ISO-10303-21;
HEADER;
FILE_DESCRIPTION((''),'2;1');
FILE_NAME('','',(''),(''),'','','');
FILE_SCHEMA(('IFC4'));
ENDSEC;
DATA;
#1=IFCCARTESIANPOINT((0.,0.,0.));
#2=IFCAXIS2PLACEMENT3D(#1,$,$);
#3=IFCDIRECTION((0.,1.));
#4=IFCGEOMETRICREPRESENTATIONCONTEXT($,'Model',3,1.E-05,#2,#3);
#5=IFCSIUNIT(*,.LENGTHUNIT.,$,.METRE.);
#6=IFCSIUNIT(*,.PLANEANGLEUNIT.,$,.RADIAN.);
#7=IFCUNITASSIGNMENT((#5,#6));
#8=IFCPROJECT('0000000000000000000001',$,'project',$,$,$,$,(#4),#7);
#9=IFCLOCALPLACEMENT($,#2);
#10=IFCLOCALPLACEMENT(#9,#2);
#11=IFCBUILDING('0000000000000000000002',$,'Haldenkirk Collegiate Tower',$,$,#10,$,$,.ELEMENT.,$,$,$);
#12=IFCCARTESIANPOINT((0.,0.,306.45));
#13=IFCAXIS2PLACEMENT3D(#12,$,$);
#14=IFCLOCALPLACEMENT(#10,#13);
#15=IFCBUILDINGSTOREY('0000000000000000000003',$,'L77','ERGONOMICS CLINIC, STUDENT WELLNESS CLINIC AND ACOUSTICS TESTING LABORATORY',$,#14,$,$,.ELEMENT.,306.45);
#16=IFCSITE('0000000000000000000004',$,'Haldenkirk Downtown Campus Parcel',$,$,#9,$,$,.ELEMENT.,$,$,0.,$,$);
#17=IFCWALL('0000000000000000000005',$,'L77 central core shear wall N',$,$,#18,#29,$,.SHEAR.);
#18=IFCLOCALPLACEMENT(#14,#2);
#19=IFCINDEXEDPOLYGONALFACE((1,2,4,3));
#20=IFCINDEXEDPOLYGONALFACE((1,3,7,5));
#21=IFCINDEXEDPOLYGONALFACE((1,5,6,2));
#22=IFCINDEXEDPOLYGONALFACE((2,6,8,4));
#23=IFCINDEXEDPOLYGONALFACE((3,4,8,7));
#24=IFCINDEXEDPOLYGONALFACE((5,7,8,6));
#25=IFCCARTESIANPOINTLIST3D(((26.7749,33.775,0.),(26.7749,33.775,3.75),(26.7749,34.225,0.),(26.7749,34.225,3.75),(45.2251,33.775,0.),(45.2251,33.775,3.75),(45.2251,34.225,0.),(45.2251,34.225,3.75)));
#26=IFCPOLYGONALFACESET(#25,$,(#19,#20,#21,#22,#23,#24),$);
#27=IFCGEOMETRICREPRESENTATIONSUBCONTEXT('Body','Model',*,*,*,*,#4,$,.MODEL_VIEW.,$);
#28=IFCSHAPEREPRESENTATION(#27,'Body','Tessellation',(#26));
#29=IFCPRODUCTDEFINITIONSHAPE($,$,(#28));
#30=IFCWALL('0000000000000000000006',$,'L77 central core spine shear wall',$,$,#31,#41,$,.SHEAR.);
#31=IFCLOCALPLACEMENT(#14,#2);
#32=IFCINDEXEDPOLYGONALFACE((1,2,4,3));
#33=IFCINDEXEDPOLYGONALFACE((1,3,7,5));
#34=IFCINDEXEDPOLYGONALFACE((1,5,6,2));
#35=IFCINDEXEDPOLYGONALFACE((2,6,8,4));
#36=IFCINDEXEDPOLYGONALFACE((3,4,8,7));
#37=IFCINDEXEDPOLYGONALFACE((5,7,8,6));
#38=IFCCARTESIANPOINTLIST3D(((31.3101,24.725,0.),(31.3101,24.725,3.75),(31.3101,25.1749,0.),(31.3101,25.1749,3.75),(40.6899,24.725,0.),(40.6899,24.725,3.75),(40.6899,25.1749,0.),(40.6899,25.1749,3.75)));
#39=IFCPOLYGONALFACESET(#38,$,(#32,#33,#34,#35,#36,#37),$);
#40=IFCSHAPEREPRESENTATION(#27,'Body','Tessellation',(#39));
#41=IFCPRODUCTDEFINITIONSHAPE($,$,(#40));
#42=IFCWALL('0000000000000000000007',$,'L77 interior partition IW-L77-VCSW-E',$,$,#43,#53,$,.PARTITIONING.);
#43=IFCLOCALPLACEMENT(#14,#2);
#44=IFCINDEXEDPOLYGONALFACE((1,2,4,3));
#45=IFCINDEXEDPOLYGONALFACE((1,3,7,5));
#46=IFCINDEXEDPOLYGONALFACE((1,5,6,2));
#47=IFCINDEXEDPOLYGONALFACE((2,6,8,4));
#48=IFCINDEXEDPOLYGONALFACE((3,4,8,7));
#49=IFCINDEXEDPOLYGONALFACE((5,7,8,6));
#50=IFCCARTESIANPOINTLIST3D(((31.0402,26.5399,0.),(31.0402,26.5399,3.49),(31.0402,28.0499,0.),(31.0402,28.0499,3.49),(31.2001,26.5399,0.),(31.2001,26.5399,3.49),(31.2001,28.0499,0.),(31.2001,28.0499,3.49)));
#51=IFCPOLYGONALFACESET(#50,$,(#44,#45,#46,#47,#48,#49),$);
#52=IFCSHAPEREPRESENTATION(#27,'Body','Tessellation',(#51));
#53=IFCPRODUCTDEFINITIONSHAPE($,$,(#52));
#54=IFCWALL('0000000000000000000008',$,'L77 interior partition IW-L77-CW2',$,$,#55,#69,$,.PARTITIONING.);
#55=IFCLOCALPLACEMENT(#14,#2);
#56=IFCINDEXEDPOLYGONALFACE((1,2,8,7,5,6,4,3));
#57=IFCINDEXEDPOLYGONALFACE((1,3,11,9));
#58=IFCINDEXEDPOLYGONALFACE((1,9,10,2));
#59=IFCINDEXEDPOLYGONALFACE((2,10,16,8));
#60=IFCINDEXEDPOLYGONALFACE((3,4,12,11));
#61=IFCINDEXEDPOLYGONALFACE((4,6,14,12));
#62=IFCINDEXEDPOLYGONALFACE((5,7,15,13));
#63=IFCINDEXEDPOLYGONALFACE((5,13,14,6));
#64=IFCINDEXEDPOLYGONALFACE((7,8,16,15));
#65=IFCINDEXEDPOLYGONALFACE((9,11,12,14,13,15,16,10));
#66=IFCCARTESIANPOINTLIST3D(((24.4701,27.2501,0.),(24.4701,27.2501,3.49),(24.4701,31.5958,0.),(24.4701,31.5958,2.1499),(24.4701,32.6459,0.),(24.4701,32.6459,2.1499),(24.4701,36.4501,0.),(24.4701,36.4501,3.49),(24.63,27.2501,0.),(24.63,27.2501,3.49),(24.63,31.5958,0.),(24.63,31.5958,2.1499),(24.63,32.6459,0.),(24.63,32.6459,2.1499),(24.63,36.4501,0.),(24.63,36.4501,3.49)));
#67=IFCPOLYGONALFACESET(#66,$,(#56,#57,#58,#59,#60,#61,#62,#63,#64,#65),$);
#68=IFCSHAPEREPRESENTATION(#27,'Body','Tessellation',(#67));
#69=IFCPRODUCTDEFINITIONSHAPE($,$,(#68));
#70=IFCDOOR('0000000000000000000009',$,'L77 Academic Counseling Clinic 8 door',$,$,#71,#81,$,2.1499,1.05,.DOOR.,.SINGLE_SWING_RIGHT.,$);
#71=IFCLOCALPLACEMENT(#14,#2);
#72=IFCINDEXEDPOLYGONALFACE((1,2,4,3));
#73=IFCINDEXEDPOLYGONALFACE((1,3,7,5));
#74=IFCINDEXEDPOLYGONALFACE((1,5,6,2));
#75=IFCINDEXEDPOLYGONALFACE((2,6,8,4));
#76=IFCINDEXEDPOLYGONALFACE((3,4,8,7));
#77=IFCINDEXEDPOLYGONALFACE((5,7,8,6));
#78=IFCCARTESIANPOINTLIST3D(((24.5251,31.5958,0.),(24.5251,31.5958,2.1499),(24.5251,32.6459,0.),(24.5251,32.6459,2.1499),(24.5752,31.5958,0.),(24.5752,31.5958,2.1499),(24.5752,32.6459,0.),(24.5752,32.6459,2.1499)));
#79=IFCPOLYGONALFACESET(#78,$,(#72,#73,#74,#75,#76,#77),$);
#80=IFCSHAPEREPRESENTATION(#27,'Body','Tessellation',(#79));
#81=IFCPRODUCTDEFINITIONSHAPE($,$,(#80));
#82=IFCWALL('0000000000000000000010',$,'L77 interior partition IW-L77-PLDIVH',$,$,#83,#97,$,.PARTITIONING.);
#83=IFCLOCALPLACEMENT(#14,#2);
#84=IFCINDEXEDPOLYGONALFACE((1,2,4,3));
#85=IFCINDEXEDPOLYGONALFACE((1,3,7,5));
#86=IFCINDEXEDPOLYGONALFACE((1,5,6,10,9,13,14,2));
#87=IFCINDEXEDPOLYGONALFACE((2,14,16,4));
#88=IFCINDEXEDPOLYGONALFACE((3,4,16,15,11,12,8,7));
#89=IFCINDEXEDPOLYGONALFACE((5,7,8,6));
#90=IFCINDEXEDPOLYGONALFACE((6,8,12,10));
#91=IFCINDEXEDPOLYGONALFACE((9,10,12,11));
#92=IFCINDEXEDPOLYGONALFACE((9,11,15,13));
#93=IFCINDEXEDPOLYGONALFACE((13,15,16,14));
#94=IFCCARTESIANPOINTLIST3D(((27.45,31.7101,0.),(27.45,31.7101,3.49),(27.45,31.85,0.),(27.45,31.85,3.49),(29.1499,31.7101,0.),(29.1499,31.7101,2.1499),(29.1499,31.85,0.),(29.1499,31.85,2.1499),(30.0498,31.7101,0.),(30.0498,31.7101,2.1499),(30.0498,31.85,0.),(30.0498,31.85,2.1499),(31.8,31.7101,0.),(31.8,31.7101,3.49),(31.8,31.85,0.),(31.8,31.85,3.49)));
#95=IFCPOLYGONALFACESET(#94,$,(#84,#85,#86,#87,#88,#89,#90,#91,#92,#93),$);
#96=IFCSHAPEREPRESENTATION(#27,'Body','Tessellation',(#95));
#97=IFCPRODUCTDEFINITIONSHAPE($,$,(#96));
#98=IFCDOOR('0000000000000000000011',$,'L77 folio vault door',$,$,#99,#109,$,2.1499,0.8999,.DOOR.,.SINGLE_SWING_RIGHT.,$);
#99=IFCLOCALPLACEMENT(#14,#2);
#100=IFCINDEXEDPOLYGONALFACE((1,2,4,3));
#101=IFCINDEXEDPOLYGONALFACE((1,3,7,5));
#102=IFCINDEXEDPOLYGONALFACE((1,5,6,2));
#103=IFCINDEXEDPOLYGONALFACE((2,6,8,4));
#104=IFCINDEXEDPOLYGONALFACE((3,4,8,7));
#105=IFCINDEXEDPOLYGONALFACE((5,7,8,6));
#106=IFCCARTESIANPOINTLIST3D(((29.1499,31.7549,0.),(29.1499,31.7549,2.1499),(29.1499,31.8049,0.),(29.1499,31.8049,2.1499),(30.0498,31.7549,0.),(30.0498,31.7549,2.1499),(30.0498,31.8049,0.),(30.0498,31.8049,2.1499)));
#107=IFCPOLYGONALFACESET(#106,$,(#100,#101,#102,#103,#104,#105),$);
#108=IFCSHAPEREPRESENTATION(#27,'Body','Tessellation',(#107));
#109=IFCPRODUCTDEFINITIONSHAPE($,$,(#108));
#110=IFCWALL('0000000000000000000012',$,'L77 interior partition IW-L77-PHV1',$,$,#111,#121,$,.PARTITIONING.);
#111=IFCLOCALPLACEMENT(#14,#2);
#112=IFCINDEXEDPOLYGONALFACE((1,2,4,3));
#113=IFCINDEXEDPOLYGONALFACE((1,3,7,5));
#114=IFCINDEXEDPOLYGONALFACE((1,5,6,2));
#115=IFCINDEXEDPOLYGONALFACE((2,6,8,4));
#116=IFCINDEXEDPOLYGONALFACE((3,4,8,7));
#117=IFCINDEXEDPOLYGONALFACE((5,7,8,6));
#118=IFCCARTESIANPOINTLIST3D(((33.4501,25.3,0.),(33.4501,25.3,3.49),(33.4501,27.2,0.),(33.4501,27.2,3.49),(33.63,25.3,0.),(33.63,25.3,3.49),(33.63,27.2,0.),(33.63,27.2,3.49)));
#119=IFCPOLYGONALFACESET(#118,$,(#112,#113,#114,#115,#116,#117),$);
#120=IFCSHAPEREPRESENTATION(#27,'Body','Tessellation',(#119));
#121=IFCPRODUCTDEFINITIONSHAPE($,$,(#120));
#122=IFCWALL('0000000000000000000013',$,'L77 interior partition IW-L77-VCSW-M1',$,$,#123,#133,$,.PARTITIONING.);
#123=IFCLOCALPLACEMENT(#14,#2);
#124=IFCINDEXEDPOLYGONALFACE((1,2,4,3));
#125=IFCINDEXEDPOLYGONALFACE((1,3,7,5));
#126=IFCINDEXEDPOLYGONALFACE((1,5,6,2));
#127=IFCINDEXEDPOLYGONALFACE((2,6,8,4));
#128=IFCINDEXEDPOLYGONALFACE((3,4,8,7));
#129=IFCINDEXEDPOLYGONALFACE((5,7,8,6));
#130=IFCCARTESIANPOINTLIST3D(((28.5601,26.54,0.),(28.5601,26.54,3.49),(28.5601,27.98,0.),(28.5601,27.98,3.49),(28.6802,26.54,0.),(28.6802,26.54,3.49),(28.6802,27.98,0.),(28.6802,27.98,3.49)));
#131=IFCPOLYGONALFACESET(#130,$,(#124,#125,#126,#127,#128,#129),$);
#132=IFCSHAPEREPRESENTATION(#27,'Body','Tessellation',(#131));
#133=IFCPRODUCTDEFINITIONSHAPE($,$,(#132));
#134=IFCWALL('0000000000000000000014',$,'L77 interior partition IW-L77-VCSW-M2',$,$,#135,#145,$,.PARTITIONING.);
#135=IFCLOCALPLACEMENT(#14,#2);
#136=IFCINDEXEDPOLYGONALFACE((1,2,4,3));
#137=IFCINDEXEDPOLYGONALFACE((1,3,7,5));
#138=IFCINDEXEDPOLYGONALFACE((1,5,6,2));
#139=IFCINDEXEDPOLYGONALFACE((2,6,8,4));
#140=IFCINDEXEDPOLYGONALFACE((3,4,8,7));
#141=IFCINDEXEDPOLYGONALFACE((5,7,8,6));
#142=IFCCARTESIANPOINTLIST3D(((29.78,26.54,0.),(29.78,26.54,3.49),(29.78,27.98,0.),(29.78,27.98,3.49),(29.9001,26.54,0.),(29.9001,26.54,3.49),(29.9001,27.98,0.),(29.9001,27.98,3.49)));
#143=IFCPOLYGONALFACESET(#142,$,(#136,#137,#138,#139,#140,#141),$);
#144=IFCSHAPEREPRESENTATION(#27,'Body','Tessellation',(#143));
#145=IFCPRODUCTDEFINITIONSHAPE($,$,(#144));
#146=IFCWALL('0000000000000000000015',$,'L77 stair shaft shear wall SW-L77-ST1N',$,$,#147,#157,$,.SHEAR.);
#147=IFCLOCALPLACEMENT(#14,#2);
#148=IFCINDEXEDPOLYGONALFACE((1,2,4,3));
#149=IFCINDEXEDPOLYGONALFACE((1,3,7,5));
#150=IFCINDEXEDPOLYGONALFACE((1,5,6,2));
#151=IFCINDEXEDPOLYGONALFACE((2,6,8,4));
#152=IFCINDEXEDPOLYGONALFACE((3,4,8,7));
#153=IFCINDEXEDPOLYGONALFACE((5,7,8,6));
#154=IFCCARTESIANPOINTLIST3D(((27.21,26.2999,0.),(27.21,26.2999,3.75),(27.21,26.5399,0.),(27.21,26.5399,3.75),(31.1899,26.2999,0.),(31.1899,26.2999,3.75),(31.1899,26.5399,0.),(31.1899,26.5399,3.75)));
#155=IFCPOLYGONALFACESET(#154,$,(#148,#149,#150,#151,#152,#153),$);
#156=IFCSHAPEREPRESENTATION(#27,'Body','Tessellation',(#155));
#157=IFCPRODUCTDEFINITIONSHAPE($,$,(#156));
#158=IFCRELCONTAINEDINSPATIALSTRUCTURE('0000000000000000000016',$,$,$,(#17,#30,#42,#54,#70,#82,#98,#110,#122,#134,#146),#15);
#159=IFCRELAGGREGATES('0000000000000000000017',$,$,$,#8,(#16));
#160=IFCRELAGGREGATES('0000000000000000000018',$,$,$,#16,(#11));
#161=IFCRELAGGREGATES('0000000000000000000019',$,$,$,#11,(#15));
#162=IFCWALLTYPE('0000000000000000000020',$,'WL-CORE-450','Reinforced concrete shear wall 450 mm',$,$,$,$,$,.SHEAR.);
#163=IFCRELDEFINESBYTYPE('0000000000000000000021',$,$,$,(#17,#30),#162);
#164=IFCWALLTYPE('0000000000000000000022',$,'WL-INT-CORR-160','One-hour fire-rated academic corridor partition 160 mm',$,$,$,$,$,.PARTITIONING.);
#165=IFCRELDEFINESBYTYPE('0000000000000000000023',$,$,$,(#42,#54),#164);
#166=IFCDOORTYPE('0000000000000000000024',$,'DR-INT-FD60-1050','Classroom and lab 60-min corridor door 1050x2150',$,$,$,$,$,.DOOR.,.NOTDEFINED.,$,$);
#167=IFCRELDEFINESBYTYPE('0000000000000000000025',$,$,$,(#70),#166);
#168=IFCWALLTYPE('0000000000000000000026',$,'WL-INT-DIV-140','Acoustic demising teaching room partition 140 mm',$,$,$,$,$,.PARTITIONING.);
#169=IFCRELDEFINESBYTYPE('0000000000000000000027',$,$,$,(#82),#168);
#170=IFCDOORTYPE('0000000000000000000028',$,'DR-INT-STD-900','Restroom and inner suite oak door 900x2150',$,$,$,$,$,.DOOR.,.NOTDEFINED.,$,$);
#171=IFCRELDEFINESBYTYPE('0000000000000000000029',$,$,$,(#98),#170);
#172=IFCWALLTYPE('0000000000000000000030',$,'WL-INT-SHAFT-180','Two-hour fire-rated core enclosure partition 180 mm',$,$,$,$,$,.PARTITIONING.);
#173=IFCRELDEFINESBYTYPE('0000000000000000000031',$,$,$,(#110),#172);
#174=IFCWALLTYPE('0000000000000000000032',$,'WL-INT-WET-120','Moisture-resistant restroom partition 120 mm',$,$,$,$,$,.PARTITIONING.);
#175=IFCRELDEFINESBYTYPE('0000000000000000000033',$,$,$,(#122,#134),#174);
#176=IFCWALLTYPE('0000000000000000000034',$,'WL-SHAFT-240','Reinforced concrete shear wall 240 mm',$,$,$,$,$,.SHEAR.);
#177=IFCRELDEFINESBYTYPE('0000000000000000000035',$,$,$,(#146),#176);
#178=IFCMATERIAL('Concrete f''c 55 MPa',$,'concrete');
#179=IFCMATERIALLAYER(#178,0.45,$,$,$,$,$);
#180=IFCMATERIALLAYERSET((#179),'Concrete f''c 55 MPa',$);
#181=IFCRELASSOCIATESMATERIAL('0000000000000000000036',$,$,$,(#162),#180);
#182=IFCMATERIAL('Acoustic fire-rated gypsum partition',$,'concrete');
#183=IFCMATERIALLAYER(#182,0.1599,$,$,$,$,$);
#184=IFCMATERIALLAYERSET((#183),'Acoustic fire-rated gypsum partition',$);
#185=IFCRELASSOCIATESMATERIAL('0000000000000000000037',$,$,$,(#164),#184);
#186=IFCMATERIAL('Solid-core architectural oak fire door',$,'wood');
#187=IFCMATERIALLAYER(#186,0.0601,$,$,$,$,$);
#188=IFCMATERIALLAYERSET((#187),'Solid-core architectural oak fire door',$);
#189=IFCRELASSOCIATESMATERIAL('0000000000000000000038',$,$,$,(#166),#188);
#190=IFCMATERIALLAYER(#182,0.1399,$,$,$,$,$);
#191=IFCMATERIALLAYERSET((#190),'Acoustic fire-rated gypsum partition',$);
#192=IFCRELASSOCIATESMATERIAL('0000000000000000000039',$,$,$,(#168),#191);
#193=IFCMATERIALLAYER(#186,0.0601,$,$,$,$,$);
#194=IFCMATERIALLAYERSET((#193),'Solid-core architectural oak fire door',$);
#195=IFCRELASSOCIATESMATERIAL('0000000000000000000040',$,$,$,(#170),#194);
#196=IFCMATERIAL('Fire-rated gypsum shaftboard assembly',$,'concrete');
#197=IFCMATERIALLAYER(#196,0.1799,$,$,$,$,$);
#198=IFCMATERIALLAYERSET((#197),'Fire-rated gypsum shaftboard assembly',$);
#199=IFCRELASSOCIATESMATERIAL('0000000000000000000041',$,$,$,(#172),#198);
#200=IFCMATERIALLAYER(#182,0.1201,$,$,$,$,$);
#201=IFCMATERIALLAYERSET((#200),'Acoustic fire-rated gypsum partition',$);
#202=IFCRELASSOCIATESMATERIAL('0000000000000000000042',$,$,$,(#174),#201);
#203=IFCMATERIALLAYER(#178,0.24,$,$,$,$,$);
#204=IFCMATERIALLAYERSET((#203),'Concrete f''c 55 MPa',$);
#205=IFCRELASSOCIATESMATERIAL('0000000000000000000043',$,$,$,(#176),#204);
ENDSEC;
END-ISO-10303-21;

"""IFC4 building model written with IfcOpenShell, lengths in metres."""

from ifc_helpers import new_model, si_unit, direction, frame, frame_2d, origin, place, context, subcontext, project, spatial, rectangle, extrude, material, layer, layer_set, type_object, element, fill, save


model = new_model("IFC4")

# Units and contexts
model_context = context("Model", 3, precision=1e-05, world=origin(), true_north=direction((0.0, 1.0)))
body_context = subcontext(model_context, "Body", "Model", "MODEL_VIEW")
ifc_project = project(units=[si_unit("LENGTHUNIT", "METRE"), si_unit("PLANEANGLEUNIT", "RADIAN")], contexts=[model_context])

# Site, building, storey
site_placement = place(None, origin())
site = spatial("IfcSite", under=ifc_project, at=site_placement, Name="Haldenkirk Downtown Campus Parcel", CompositionType="ELEMENT", RefElevation=0.0)
building_placement = place(site_placement, origin())
building = spatial("IfcBuilding", under=site, at=building_placement, Name="Haldenkirk Collegiate Tower", CompositionType="ELEMENT")
storey_placement = place(building_placement, frame((0.0, 0.0, 306.45)))
storey = spatial("IfcBuildingStorey", under=building, at=storey_placement, Name="L77", Description="ERGONOMICS CLINIC, STUDENT WELLNESS CLINIC AND ACOUSTICS TESTING LABORATORY", CompositionType="ELEMENT", Elevation=306.45)

# Walls
ifc_material_1 = material(Name="Concrete f'c 55 MPa", Category="concrete")
ifc_layer_1 = layer(ifc_material_1, 0.45)
ifc_layer_set_1 = layer_set([ifc_layer_1], Name="Concrete f'c 55 MPa")
wall_type_1 = type_object("IfcWallType", Name="WL-CORE-450", Description="Reinforced concrete shear wall 450 mm", PredefinedType="SHEAR", material=ifc_layer_set_1)
wall_1_placement = place(storey_placement, frame((26.7749, 34.0, 0.0), z_axis=(0.0, 0.0, 1.0), x_axis=(1.0, 0.0, 0.0)))
element("IfcWall", 1, at=wall_1_placement, inside=storey, type_object=wall_type_1, Name="L77 central core shear wall N", PredefinedType="SHEAR", context=body_context, shape_type="SweptSolid", body=[
    extrude(rectangle(XDim=18.4502, YDim=0.45, at=frame_2d((9.2251, 0.0))), origin(), (0.0, 0.0, 1.0), 3.75),
])
wall_2_placement = place(storey_placement, frame((31.3101, 24.95, 0.0), z_axis=(0.0, 0.0, 1.0), x_axis=(1.0, 0.0, 0.0)))
element("IfcWall", 2, at=wall_2_placement, inside=storey, type_object=wall_type_1, Name="L77 central core spine shear wall", PredefinedType="SHEAR", context=body_context, shape_type="SweptSolid", body=[
    extrude(rectangle(XDim=9.3799, YDim=0.45, at=frame_2d((4.6899, 0.0))), origin(), (0.0, 0.0, 1.0), 3.75),
])

# Shared definitions
ifc_material_2 = material(Name="Acoustic fire-rated gypsum partition", Category="concrete")
ifc_layer_2 = layer(ifc_material_2, 0.1599)
ifc_layer_set_2 = layer_set([ifc_layer_2], Name="Acoustic fire-rated gypsum partition")
wall_type_2 = type_object("IfcWallType", Name="WL-INT-CORR-160", Description="One-hour fire-rated academic corridor partition 160 mm", PredefinedType="PARTITIONING", material=ifc_layer_set_2)
ifc_material_3 = material(Name="Solid-core architectural oak fire door", Category="wood")

# Wall
wall_3_placement = place(storey_placement, frame((31.1201, 26.54, 0.0), z_axis=(0.0, 0.0, 1.0), x_axis=(0.0, 1.0, 0.0)))
element("IfcWall", 3, at=wall_3_placement, inside=storey, type_object=wall_type_2, Name="L77 interior partition IW-L77-VCSW-E", PredefinedType="PARTITIONING", context=body_context, shape_type="SweptSolid", body=[
    extrude(rectangle(XDim=1.51, YDim=0.1599, at=frame_2d((0.7549, 0.0))), origin(), (0.0, 0.0, 1.0), 3.49),
])

# Walls, openings, doors
wall_4_placement = place(storey_placement, frame((24.55, 27.25, 0.0), z_axis=(0.0, 0.0, 1.0), x_axis=(0.0, 1.0, 0.0)))
wall_4 = element("IfcWall", 4, at=wall_4_placement, inside=storey, type_object=wall_type_2, Name="L77 interior partition IW-L77-CW2", PredefinedType="PARTITIONING", context=body_context, shape_type="SweptSolid", body=[
    extrude(rectangle(XDim=9.2, YDim=0.1599, at=frame_2d((4.6001, 0.0))), origin(), (0.0, 0.0, 1.0), 3.49),
])
opening_1_placement = place(wall_4_placement, frame((4.3459, 0.0, 0.0)))
opening_1 = element("IfcOpeningElement", 5, at=opening_1_placement, cuts=wall_4, PredefinedType="OPENING", context=body_context, shape_type="SweptSolid", body=[
    extrude(rectangle(XDim=1.05, YDim=2.1499, at=frame_2d((0.5249, 1.075))), frame((0.0, 0.0898, 0.0), z_axis=(0.0, -1.0, 0.0), x_axis=(1.0, 0.0, 0.0)), (0.0, 0.0, 1.0), 0.1799),
])
ifc_layer_3 = layer(ifc_material_3, 0.0601)
ifc_layer_set_3 = layer_set([ifc_layer_3], Name="Solid-core architectural oak fire door")
door_type_1 = type_object("IfcDoorType", Name="DR-INT-FD60-1050", Description="Classroom and lab 60-min corridor door 1050x2150", OperationType="NOTDEFINED", PredefinedType="DOOR", material=ifc_layer_set_3)
door_1_placement = place(opening_1_placement, origin())
door_1 = element("IfcDoor", 6, at=door_1_placement, inside=storey, type_object=door_type_1, Name="L77 Academic Counseling Clinic 8 door", OperationType="SINGLE_SWING_RIGHT", OverallHeight=2.1499, OverallWidth=1.05, PredefinedType="DOOR", context=body_context, shape_type="SweptSolid", body=[
    extrude(rectangle(XDim=1.05, YDim=2.1499, at=frame_2d((0.5249, 1.075))), frame((0.0, 0.0249, 0.0), z_axis=(0.0, -1.0, 0.0), x_axis=(1.0, 0.0, 0.0)), (0.0, 0.0, 1.0), 0.05),
])
fill(opening_1, door_1)
ifc_layer_4 = layer(ifc_material_2, 0.1399)
ifc_layer_set_4 = layer_set([ifc_layer_4], Name="Acoustic fire-rated gypsum partition")
wall_type_3 = type_object("IfcWallType", Name="WL-INT-DIV-140", Description="Acoustic demising teaching room partition 140 mm", PredefinedType="PARTITIONING", material=ifc_layer_set_4)
wall_5_placement = place(storey_placement, frame((27.45, 31.78, 0.0), z_axis=(0.0, 0.0, 1.0), x_axis=(1.0, 0.0, 0.0)))
wall_5 = element("IfcWall", 7, at=wall_5_placement, inside=storey, type_object=wall_type_3, Name="L77 interior partition IW-L77-PLDIVH", PredefinedType="PARTITIONING", context=body_context, shape_type="SweptSolid", body=[
    extrude(rectangle(XDim=4.3501, YDim=0.1399, at=frame_2d((2.175, 0.0))), origin(), (0.0, 0.0, 1.0), 3.49),
])
opening_2_placement = place(wall_5_placement, frame((1.7, 0.0, 0.0)))
opening_2 = element("IfcOpeningElement", 8, at=opening_2_placement, cuts=wall_5, PredefinedType="OPENING", context=body_context, shape_type="SweptSolid", body=[
    extrude(rectangle(XDim=0.8999, YDim=2.1499, at=frame_2d((0.45, 1.075))), frame((0.0, 0.0798, 0.0), z_axis=(0.0, -1.0, 0.0), x_axis=(1.0, 0.0, 0.0)), (0.0, 0.0, 1.0), 0.1599),
])
ifc_layer_5 = layer(ifc_material_3, 0.0601)
ifc_layer_set_5 = layer_set([ifc_layer_5], Name="Solid-core architectural oak fire door")
door_type_2 = type_object("IfcDoorType", Name="DR-INT-STD-900", Description="Restroom and inner suite oak door 900x2150", OperationType="NOTDEFINED", PredefinedType="DOOR", material=ifc_layer_set_5)
door_2_placement = place(opening_2_placement, origin())
door_2 = element("IfcDoor", 9, at=door_2_placement, inside=storey, type_object=door_type_2, Name="L77 folio vault door", OperationType="SINGLE_SWING_RIGHT", OverallHeight=2.1499, OverallWidth=0.8999, PredefinedType="DOOR", context=body_context, shape_type="SweptSolid", body=[
    extrude(rectangle(XDim=0.8999, YDim=2.1499, at=frame_2d((0.45, 1.075))), frame((0.0, 0.0249, 0.0), z_axis=(0.0, -1.0, 0.0), x_axis=(1.0, 0.0, 0.0)), (0.0, 0.0, 1.0), 0.05),
])
fill(opening_2, door_2)

# Shared definitions
ifc_material_4 = material(Name="Fire-rated gypsum shaftboard assembly", Category="concrete")
ifc_layer_6 = layer(ifc_material_4, 0.1799)
ifc_layer_set_6 = layer_set([ifc_layer_6], Name="Fire-rated gypsum shaftboard assembly")
wall_type_4 = type_object("IfcWallType", Name="WL-INT-SHAFT-180", Description="Two-hour fire-rated core enclosure partition 180 mm", PredefinedType="PARTITIONING", material=ifc_layer_set_6)

# Walls
wall_6_placement = place(storey_placement, frame((33.54, 25.3, 0.0), z_axis=(0.0, 0.0, 1.0), x_axis=(0.0, 1.0, 0.0)))
element("IfcWall", 10, at=wall_6_placement, inside=storey, type_object=wall_type_4, Name="L77 interior partition IW-L77-PHV1", PredefinedType="PARTITIONING", context=body_context, shape_type="SweptSolid", body=[
    extrude(rectangle(XDim=1.8999, YDim=0.1799, at=frame_2d((0.95, 0.0))), origin(), (0.0, 0.0, 1.0), 3.49),
])
ifc_layer_7 = layer(ifc_material_2, 0.1201)
ifc_layer_set_7 = layer_set([ifc_layer_7], Name="Acoustic fire-rated gypsum partition")
wall_type_5 = type_object("IfcWallType", Name="WL-INT-WET-120", Description="Moisture-resistant restroom partition 120 mm", PredefinedType="PARTITIONING", material=ifc_layer_set_7)
for number, where, z_axis, x_axis, name in (
    (11, (28.6201, 26.54, 0.0), (0.0, 0.0, 1.0), (0.0, 1.0, 0.0), "L77 interior partition IW-L77-VCSW-M1"),
    (12, (29.8401, 26.54, 0.0), (0.0, 0.0, 1.0), (0.0, 1.0, 0.0), "L77 interior partition IW-L77-VCSW-M2"),
):
    element("IfcWall", number, at=place(storey_placement, frame(where, z_axis=z_axis, x_axis=x_axis)), inside=storey, type_object=wall_type_5, Name=name, PredefinedType="PARTITIONING", context=body_context, shape_type="SweptSolid", body=[
        extrude(rectangle(XDim=1.4399, YDim=0.1201, at=frame_2d((0.72, 0.0))), origin(), (0.0, 0.0, 1.0), 3.49),
    ])
ifc_layer_8 = layer(ifc_material_1, 0.24)
ifc_layer_set_8 = layer_set([ifc_layer_8], Name="Concrete f'c 55 MPa")
wall_type_6 = type_object("IfcWallType", Name="WL-SHAFT-240", Description="Reinforced concrete shear wall 240 mm", PredefinedType="SHEAR", material=ifc_layer_set_8)
wall_7_placement = place(storey_placement, frame((27.21, 26.4199, 0.0), z_axis=(0.0, 0.0, 1.0), x_axis=(1.0, 0.0, 0.0)))
element("IfcWall", 13, at=wall_7_placement, inside=storey, type_object=wall_type_6, Name="L77 stair shaft shear wall SW-L77-ST1N", PredefinedType="SHEAR", context=body_context, shape_type="SweptSolid", body=[
    extrude(rectangle(XDim=3.98, YDim=0.24, at=frame_2d((1.99, 0.0))), origin(), (0.0, 0.0, 1.0), 3.75),
])

save(model, "model.ifc")
